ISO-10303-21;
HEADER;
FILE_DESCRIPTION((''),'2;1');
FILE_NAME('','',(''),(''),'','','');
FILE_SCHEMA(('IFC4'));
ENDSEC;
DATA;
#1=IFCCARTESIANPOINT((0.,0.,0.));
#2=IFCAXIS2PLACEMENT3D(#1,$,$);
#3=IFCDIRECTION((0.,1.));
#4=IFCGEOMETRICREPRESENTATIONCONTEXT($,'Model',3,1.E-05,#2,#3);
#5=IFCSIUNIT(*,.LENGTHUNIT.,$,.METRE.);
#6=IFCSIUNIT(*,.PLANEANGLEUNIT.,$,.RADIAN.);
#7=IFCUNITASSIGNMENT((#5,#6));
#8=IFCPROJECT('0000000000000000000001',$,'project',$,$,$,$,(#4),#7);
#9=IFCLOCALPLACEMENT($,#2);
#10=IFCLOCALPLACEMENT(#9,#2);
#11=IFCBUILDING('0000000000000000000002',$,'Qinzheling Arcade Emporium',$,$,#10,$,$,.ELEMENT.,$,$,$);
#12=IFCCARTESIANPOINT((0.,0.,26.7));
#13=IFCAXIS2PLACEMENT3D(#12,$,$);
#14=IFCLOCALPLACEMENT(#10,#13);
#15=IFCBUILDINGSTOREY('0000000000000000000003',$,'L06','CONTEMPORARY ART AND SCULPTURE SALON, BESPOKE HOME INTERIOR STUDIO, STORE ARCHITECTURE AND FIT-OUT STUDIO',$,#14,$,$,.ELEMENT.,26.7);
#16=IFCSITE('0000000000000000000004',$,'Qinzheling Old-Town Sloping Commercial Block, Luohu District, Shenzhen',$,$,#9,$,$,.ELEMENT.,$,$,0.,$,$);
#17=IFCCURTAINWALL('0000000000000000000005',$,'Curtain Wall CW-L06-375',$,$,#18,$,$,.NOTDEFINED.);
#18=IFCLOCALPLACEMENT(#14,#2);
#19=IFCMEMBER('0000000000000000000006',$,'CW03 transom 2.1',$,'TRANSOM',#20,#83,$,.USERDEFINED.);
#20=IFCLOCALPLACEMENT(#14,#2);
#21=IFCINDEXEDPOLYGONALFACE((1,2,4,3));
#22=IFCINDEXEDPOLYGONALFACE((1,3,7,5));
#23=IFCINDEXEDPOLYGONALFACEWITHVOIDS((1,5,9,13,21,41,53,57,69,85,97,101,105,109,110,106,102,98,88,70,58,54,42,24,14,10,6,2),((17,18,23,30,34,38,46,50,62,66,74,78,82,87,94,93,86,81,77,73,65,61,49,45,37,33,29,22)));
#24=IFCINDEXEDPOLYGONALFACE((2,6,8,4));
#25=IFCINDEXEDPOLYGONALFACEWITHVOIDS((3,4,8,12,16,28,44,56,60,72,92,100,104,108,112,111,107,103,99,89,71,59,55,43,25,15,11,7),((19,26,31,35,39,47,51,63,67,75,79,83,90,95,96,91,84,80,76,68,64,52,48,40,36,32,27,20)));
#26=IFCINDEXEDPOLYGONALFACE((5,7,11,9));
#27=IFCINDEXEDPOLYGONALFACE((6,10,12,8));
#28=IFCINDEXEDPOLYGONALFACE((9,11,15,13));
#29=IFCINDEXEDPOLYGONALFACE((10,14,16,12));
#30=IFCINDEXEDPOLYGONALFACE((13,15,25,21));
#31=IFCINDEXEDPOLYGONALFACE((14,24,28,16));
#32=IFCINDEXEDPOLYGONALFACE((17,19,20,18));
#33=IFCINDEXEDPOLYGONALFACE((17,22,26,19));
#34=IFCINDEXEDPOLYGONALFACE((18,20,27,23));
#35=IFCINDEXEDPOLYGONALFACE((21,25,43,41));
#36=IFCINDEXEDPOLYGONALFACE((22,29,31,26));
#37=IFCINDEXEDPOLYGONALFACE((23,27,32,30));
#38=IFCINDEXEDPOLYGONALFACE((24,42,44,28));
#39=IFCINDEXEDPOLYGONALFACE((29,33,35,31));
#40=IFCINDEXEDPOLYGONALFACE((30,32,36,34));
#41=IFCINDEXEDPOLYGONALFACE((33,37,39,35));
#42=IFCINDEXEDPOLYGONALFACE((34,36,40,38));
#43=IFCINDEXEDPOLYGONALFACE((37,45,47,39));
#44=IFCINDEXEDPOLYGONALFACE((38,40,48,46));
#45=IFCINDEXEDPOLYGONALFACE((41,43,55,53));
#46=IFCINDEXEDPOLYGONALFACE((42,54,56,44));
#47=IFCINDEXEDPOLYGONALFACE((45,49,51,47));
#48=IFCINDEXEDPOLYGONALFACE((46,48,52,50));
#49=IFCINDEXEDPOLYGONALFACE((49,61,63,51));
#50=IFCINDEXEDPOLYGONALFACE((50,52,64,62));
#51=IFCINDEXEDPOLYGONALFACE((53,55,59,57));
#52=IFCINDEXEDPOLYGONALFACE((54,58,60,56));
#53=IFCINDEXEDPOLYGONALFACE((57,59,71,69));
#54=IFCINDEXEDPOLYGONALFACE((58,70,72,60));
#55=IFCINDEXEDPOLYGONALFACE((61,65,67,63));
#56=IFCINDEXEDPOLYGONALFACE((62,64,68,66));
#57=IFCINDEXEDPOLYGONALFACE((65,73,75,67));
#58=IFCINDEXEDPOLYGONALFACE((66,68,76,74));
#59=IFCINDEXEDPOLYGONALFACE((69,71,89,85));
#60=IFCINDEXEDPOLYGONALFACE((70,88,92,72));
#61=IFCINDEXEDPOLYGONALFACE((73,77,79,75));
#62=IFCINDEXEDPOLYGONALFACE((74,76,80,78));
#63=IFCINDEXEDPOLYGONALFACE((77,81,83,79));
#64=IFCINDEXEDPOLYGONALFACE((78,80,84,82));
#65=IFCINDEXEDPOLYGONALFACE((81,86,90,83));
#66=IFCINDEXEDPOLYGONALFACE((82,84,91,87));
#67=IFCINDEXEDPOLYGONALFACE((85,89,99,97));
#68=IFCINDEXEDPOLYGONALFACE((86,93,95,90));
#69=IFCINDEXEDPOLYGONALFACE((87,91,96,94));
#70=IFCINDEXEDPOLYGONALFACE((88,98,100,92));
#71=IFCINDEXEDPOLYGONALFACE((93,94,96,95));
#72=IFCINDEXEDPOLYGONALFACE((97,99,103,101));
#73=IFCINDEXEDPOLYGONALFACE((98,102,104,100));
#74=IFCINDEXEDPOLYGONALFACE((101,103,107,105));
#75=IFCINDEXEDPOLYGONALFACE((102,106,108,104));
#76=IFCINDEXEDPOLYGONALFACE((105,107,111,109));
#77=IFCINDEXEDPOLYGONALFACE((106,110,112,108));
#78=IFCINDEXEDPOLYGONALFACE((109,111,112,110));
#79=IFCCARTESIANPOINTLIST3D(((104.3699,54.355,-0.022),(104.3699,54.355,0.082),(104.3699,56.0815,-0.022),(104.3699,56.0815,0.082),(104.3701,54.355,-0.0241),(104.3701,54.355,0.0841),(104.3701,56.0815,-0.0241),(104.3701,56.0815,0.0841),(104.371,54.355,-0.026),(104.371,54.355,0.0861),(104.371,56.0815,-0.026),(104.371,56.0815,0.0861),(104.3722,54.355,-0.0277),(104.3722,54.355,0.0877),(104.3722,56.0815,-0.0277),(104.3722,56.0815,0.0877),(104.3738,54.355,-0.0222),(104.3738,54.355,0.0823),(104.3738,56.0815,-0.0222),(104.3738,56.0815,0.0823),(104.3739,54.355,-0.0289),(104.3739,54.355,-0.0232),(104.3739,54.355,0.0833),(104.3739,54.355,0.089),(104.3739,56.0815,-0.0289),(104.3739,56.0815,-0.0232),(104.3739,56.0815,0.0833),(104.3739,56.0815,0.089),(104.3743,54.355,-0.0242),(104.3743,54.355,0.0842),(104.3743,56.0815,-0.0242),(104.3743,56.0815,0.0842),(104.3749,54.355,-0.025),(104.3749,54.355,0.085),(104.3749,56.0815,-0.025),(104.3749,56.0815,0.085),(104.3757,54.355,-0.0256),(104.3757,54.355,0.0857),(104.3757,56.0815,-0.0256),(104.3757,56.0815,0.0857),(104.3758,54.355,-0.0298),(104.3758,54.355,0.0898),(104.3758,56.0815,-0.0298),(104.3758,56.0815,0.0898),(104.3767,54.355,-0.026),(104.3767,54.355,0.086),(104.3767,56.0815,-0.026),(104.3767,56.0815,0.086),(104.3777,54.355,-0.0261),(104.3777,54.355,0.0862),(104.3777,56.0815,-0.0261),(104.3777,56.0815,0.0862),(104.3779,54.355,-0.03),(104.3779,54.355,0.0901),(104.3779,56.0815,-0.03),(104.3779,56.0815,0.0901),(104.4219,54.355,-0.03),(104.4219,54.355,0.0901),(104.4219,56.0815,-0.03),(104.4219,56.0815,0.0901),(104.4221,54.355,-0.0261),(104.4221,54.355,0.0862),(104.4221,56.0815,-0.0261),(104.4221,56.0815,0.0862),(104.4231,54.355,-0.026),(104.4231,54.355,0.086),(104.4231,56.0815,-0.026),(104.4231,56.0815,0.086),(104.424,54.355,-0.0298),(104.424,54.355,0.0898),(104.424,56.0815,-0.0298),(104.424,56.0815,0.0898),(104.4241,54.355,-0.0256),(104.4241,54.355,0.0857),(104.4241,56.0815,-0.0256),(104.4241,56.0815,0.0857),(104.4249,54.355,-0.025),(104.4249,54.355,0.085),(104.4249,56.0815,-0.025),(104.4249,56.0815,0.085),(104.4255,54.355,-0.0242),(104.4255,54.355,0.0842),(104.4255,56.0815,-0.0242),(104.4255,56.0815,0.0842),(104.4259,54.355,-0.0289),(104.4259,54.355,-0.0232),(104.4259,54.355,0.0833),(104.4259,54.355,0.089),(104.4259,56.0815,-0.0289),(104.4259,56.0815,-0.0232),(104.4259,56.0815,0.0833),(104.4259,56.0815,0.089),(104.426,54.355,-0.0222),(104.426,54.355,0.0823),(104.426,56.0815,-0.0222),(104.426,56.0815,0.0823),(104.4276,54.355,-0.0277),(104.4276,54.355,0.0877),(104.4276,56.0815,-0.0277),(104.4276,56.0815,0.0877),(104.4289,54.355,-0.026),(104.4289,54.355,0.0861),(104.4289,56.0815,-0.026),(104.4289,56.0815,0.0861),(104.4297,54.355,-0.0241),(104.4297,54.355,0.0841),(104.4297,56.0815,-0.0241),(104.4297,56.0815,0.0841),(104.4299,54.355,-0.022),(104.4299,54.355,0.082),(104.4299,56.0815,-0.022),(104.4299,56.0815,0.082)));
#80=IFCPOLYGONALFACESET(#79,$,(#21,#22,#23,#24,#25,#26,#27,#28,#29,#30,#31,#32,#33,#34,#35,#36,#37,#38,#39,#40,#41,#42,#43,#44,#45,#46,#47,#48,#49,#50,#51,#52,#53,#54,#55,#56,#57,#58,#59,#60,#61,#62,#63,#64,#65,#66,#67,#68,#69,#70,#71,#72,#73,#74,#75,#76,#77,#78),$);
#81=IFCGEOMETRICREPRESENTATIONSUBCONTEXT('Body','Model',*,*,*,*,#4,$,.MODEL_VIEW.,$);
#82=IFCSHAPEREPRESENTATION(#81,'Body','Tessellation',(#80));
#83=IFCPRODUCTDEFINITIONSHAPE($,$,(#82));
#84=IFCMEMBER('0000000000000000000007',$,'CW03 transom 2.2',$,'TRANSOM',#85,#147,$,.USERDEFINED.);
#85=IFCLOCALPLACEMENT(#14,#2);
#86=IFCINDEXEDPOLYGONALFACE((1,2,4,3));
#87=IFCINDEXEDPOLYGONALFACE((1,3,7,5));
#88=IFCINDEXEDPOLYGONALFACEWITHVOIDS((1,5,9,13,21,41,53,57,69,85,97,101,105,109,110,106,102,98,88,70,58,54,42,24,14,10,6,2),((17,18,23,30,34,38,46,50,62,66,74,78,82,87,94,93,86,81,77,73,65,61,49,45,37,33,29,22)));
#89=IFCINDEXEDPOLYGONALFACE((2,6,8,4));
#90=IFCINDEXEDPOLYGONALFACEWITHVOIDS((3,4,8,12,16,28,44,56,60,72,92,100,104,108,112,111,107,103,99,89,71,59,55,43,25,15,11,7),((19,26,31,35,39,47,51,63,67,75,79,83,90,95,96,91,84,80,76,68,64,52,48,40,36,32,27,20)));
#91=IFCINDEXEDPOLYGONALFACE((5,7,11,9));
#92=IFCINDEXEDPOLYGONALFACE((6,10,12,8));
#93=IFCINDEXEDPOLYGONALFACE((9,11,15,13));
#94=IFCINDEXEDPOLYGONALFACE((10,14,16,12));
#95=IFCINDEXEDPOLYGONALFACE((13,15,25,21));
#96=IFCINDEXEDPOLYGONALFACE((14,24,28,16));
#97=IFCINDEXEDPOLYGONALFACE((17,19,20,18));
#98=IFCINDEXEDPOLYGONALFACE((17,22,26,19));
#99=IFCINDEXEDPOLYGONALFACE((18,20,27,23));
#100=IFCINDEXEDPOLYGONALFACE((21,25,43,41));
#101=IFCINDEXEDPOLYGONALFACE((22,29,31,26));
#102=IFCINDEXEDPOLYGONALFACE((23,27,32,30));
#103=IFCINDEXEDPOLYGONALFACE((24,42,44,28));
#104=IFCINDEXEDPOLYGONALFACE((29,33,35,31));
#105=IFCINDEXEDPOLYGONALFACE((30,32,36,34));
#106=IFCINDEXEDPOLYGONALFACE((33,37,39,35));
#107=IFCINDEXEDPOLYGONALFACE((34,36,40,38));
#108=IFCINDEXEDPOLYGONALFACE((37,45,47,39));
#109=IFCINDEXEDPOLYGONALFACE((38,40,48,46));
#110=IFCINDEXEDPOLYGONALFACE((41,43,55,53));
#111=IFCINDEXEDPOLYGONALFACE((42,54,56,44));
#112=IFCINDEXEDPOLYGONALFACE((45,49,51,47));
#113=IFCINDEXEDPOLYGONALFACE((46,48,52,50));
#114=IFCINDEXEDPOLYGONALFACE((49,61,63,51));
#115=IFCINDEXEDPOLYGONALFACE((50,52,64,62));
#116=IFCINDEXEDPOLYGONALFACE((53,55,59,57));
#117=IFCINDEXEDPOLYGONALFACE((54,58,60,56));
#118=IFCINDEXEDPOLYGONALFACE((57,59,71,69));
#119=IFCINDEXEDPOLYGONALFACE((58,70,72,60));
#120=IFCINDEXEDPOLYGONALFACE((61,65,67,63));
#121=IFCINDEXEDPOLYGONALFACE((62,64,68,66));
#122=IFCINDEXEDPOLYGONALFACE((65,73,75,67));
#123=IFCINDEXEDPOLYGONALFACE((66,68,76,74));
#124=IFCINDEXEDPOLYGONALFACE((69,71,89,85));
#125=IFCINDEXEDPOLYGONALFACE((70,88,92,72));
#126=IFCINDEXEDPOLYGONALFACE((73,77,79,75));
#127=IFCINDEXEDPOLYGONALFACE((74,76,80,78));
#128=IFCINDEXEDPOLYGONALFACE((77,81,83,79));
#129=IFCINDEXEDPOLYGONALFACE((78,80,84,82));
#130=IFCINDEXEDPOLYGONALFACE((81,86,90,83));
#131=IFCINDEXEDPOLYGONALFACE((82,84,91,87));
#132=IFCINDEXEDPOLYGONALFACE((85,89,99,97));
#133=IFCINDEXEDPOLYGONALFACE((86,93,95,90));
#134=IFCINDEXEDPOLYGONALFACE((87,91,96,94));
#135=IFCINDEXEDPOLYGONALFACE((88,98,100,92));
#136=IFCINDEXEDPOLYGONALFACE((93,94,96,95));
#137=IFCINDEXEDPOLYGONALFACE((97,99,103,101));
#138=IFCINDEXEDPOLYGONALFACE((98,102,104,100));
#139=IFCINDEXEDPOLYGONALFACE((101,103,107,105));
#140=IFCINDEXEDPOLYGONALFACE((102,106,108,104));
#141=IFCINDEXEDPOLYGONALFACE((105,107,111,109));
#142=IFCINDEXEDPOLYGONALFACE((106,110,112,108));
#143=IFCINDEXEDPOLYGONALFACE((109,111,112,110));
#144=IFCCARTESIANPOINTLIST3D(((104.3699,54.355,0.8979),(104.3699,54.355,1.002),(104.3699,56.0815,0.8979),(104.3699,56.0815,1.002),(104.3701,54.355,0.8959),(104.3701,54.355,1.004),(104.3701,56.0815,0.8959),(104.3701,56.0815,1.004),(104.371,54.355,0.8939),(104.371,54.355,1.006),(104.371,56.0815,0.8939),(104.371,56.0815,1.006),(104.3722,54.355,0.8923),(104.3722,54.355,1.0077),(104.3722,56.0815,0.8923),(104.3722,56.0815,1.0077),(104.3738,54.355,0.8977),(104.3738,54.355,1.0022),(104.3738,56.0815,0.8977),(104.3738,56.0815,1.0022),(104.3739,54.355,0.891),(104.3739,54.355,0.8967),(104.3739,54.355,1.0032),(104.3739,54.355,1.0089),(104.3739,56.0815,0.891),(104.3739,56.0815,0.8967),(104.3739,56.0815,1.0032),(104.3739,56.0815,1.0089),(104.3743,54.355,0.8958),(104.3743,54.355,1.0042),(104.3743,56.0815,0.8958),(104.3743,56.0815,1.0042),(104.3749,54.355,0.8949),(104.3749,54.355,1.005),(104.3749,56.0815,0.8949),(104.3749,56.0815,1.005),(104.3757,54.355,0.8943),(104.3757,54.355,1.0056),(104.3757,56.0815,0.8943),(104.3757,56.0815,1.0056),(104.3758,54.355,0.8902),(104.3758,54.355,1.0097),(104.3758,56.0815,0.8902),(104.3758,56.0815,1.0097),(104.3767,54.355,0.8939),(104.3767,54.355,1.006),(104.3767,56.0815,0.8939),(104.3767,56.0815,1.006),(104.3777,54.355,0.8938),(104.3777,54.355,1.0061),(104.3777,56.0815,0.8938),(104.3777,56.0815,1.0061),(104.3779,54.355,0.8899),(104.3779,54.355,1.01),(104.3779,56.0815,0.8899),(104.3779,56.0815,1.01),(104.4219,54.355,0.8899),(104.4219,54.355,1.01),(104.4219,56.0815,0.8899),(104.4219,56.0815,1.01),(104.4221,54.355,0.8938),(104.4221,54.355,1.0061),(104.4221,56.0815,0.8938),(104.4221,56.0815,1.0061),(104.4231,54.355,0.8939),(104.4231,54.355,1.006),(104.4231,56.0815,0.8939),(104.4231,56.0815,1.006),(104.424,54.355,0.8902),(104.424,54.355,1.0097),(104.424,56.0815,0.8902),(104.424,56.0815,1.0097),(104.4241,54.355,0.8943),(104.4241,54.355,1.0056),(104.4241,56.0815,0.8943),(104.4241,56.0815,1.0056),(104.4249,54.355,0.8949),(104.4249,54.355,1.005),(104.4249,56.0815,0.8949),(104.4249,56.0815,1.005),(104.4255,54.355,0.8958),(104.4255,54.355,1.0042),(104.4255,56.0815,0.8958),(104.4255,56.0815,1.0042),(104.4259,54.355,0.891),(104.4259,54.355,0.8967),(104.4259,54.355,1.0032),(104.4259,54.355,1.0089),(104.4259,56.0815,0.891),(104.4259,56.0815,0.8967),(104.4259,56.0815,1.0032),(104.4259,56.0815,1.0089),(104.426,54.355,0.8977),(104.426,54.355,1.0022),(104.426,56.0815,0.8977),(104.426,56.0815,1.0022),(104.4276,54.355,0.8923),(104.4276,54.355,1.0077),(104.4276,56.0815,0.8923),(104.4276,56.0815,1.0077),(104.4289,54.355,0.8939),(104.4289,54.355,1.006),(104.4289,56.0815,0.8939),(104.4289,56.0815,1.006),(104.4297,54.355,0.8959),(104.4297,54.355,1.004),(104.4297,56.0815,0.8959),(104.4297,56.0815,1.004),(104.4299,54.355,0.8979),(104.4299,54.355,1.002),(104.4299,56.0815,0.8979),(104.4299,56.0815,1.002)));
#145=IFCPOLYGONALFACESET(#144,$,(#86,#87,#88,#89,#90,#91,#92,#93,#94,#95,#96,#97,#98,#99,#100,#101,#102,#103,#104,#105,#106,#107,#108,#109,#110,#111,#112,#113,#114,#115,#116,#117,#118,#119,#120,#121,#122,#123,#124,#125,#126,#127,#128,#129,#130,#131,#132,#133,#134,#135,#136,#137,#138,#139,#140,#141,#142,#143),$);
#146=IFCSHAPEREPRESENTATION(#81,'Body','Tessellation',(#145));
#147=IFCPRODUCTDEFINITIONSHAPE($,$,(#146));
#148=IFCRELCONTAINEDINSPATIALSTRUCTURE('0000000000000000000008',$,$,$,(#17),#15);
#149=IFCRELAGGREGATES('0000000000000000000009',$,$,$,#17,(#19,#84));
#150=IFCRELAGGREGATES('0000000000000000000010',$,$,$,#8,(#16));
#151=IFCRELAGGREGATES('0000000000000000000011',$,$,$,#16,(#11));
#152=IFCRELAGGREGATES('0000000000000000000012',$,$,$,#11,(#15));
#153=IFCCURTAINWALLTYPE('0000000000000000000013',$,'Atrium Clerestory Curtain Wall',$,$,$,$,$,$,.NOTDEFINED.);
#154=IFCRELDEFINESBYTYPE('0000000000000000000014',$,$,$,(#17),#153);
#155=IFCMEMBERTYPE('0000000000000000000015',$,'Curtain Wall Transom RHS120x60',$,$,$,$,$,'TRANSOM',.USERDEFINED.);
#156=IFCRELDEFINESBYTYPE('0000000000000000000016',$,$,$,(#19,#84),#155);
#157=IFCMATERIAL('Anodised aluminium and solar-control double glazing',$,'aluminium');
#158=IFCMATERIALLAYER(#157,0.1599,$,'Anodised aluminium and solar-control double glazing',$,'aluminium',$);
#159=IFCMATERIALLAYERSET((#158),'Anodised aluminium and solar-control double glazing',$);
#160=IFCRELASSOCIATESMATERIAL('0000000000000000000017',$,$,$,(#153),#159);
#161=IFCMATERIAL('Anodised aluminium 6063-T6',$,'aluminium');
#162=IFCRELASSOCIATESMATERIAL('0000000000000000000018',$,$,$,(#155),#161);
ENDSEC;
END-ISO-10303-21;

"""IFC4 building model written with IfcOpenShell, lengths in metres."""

from ifc_helpers import new_model, si_unit, direction, frame, origin, origin_2d, place, context, subcontext, project, spatial, hollow_rectangle, extrude, material, layer, layer_set, material_profile, profile_set, type_object, element, aggregate, save


model = new_model("IFC4")

# Units and contexts
model_context = context("Model", 3, precision=1e-05, world=origin(), true_north=direction((0.0, 1.0)))
body_context = subcontext(model_context, "Body", "Model", "MODEL_VIEW")
ifc_project = project(units=[si_unit("LENGTHUNIT", "METRE"), si_unit("PLANEANGLEUNIT", "RADIAN")], contexts=[model_context])

# Site, building, storey
site_placement = place(None, origin())
site = spatial("IfcSite", under=ifc_project, at=site_placement, Name="Qinzheling Old-Town Sloping Commercial Block, Luohu District, Shenzhen", CompositionType="ELEMENT", RefElevation=0.0)
building_placement = place(site_placement, origin())
building = spatial("IfcBuilding", under=site, at=building_placement, Name="Qinzheling Arcade Emporium", CompositionType="ELEMENT")
storey_placement = place(building_placement, frame((0.0, 0.0, 26.7)))
storey = spatial("IfcBuildingStorey", under=building, at=storey_placement, Name="L06", Description="CONTEMPORARY ART AND SCULPTURE SALON, BESPOKE HOME INTERIOR STUDIO, STORE ARCHITECTURE AND FIT-OUT STUDIO", CompositionType="ELEMENT", Elevation=26.7)

# Curtain wall, members
ifc_material_1 = material(Name="Anodised aluminium and solar-control double glazing", Category="aluminium")
ifc_layer_1 = layer(ifc_material_1, 0.1599, Name="Anodised aluminium and solar-control double glazing", Category="aluminium")
ifc_layer_set_1 = layer_set([ifc_layer_1], Name="Anodised aluminium and solar-control double glazing")
curtain_wall_type = type_object("IfcCurtainWallType", Name="Atrium Clerestory Curtain Wall", PredefinedType="NOTDEFINED", material=ifc_layer_set_1)
curtain_wall_placement = place(storey_placement, origin())
curtain_wall = element("IfcCurtainWall", 1, at=curtain_wall_placement, inside=storey, type_object=curtain_wall_type, Name="Curtain Wall CW-L06-375", PredefinedType="NOTDEFINED")
ifc_material_2 = material(Name="Anodised aluminium 6063-T6", Category="aluminium")
ifc_material_profile_1 = material_profile(ifc_material_2, hollow_rectangle(XDim=0.0601, YDim=0.1201, WallThickness=0.0039, InnerFilletRadius=0.0039, OuterFilletRadius=0.0081, at=origin_2d()), Name="RHS 120x60x4", Category="aluminium")
ifc_profile_set_1 = profile_set([ifc_material_profile_1], Name="Anodised aluminium 6063-T6")
member_type_1 = type_object("IfcMemberType", Name="Curtain Wall Transom RHS120x60", ElementType="TRANSOM", PredefinedType="USERDEFINED", material=ifc_profile_set_1)
member_1_placement = place(storey_placement, frame((104.3999, 56.0815, 0.03), z_axis=(0.0, -1.0, 0.0), x_axis=(1.0, 0.0, 0.0)))
member_1 = element("IfcMember", 2, at=member_1_placement, type_object=member_type_1, Name="CW03 transom 2.1", ObjectType="TRANSOM", PredefinedType="USERDEFINED", context=body_context, shape_type="SweptSolid", body=[
    extrude(hollow_rectangle(XDim=0.0601, YDim=0.1201, WallThickness=0.0039, InnerFilletRadius=0.0039, OuterFilletRadius=0.0081, at=origin_2d()), origin(), (0.0, 0.0, 1.0), 1.7266),
])
member_2_placement = place(storey_placement, frame((104.3999, 56.0815, 0.95), z_axis=(0.0, -1.0, 0.0), x_axis=(1.0, 0.0, 0.0)))
member_2 = element("IfcMember", 3, at=member_2_placement, type_object=member_type_1, Name="CW03 transom 2.2", ObjectType="TRANSOM", PredefinedType="USERDEFINED", context=body_context, shape_type="SweptSolid", body=[
    extrude(hollow_rectangle(XDim=0.0601, YDim=0.1201, WallThickness=0.0039, InnerFilletRadius=0.0039, OuterFilletRadius=0.0081, at=origin_2d()), origin(), (0.0, 0.0, 1.0), 1.7266),
])
aggregate(curtain_wall, [member_1, member_2])

save(model, "model.ifc")
